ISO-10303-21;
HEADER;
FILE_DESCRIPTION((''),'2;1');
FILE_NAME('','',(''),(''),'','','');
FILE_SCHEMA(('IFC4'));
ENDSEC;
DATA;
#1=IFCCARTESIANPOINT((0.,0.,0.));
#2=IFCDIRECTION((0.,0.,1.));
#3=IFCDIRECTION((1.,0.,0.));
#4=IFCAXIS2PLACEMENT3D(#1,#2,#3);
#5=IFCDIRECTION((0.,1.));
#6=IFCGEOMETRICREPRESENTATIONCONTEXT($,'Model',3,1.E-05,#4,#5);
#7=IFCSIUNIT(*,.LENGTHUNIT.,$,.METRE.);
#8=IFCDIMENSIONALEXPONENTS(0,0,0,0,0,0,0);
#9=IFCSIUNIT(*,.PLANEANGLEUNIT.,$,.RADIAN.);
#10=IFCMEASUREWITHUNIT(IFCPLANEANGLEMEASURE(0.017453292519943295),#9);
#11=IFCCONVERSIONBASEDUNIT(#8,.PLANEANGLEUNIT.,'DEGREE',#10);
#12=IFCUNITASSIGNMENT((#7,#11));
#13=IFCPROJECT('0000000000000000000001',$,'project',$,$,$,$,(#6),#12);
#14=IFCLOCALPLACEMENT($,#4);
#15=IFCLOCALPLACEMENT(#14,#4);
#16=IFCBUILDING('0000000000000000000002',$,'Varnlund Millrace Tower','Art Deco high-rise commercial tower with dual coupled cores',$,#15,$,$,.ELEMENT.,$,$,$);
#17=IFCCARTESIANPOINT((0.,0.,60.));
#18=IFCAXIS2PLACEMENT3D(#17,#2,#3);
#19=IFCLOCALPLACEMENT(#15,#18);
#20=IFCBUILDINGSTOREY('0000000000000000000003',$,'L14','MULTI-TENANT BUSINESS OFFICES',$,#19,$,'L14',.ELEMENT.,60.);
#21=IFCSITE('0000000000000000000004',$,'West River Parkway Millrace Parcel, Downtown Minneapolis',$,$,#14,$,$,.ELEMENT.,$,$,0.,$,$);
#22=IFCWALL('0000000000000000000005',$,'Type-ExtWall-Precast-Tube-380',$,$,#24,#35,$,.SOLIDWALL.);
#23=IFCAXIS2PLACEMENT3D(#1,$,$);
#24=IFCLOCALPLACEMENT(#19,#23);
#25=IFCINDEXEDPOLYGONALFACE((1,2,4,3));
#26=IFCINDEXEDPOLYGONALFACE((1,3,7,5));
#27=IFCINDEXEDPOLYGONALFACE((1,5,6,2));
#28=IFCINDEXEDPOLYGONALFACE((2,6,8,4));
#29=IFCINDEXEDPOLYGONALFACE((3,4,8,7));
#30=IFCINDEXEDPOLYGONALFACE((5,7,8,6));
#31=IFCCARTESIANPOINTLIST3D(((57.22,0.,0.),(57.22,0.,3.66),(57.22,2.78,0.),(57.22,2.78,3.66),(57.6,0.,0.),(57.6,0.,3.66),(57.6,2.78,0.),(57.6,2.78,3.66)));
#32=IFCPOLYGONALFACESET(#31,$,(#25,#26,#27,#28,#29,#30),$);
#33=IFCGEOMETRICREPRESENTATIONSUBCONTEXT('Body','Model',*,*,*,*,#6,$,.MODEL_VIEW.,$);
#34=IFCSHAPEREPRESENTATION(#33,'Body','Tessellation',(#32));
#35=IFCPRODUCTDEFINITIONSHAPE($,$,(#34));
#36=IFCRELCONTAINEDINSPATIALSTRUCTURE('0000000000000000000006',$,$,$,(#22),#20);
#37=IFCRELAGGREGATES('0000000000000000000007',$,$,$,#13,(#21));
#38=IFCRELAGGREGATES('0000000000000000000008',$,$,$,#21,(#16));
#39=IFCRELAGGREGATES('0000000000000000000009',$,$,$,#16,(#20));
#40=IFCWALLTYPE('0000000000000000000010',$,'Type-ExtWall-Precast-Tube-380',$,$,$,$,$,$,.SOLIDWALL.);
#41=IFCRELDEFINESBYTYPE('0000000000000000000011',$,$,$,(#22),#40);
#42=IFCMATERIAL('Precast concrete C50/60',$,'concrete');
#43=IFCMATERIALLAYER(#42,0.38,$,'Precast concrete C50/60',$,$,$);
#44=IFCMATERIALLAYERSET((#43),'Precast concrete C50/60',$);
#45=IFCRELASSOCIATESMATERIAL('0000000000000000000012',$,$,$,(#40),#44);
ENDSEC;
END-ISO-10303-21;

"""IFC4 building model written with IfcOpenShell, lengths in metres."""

from ifc_helpers import new_model, entity, si_unit, converted_unit, direction, frame, origin_with_axes, place, context, subcontext, project, spatial, polyline, outline, extrude, material, layer, layer_set, type_object, element, save


model = new_model("IFC4")

# Units and contexts
model_context = context("Model", 3, precision=1e-05, world=origin_with_axes(), true_north=direction((0.0, 1.0)))
body_context = subcontext(model_context, "Body", "Model", "MODEL_VIEW")
ifc_project = project(units=[si_unit("LENGTHUNIT", "METRE"), converted_unit("PLANEANGLEUNIT", "DEGREE", entity("IfcPlaneAngleMeasure", 0.017453292519943295), si_unit("PLANEANGLEUNIT", "RADIAN"), dimensions=[0, 0, 0, 0, 0, 0, 0])], contexts=[model_context])

# Site, building, storey
site_placement = place(None, origin_with_axes())
site = spatial("IfcSite", under=ifc_project, at=site_placement, Name="West River Parkway Millrace Parcel, Downtown Minneapolis", CompositionType="ELEMENT", RefElevation=0.0)
building_placement = place(site_placement, origin_with_axes())
building = spatial("IfcBuilding", under=site, at=building_placement, Name="Varnlund Millrace Tower", Description="Art Deco high-rise commercial tower with dual coupled cores", CompositionType="ELEMENT")
storey_placement = place(building_placement, frame((0.0, 0.0, 60.0), z_axis=(0.0, 0.0, 1.0), x_axis=(1.0, 0.0, 0.0)))
storey = spatial("IfcBuildingStorey", under=building, at=storey_placement, Name="L14", Description="MULTI-TENANT BUSINESS OFFICES", LongName="L14", CompositionType="ELEMENT", Elevation=60.0)

# Wall
ifc_material_1 = material(Name="Precast concrete C50/60", Category="concrete")
ifc_layer = layer(ifc_material_1, 0.38, Name="Precast concrete C50/60")
ifc_layer_set = layer_set([ifc_layer], Name="Precast concrete C50/60")
wall_type = type_object("IfcWallType", Name="Type-ExtWall-Precast-Tube-380", PredefinedType="SOLIDWALL", material=ifc_layer_set)
wall_1_placement = place(storey_placement, frame((57.41, 2.78, 0.0), z_axis=(0.0, 0.0, 1.0), x_axis=(0.0, -1.0, 0.0)))
element("IfcWall", 1, at=wall_1_placement, inside=storey, type_object=wall_type, Name="Type-ExtWall-Precast-Tube-380", PredefinedType="SOLIDWALL", context=body_context, shape_type="SweptSolid", body=[
    extrude(outline(polyline([(0.0, -0.19), (2.78, -0.19), (2.78, 0.19), (0.0, 0.19), (0.0, -0.19)])), origin_with_axes(), (0.0, 0.0, 1.0), 3.66),
])

save(model, "model.ifc")
